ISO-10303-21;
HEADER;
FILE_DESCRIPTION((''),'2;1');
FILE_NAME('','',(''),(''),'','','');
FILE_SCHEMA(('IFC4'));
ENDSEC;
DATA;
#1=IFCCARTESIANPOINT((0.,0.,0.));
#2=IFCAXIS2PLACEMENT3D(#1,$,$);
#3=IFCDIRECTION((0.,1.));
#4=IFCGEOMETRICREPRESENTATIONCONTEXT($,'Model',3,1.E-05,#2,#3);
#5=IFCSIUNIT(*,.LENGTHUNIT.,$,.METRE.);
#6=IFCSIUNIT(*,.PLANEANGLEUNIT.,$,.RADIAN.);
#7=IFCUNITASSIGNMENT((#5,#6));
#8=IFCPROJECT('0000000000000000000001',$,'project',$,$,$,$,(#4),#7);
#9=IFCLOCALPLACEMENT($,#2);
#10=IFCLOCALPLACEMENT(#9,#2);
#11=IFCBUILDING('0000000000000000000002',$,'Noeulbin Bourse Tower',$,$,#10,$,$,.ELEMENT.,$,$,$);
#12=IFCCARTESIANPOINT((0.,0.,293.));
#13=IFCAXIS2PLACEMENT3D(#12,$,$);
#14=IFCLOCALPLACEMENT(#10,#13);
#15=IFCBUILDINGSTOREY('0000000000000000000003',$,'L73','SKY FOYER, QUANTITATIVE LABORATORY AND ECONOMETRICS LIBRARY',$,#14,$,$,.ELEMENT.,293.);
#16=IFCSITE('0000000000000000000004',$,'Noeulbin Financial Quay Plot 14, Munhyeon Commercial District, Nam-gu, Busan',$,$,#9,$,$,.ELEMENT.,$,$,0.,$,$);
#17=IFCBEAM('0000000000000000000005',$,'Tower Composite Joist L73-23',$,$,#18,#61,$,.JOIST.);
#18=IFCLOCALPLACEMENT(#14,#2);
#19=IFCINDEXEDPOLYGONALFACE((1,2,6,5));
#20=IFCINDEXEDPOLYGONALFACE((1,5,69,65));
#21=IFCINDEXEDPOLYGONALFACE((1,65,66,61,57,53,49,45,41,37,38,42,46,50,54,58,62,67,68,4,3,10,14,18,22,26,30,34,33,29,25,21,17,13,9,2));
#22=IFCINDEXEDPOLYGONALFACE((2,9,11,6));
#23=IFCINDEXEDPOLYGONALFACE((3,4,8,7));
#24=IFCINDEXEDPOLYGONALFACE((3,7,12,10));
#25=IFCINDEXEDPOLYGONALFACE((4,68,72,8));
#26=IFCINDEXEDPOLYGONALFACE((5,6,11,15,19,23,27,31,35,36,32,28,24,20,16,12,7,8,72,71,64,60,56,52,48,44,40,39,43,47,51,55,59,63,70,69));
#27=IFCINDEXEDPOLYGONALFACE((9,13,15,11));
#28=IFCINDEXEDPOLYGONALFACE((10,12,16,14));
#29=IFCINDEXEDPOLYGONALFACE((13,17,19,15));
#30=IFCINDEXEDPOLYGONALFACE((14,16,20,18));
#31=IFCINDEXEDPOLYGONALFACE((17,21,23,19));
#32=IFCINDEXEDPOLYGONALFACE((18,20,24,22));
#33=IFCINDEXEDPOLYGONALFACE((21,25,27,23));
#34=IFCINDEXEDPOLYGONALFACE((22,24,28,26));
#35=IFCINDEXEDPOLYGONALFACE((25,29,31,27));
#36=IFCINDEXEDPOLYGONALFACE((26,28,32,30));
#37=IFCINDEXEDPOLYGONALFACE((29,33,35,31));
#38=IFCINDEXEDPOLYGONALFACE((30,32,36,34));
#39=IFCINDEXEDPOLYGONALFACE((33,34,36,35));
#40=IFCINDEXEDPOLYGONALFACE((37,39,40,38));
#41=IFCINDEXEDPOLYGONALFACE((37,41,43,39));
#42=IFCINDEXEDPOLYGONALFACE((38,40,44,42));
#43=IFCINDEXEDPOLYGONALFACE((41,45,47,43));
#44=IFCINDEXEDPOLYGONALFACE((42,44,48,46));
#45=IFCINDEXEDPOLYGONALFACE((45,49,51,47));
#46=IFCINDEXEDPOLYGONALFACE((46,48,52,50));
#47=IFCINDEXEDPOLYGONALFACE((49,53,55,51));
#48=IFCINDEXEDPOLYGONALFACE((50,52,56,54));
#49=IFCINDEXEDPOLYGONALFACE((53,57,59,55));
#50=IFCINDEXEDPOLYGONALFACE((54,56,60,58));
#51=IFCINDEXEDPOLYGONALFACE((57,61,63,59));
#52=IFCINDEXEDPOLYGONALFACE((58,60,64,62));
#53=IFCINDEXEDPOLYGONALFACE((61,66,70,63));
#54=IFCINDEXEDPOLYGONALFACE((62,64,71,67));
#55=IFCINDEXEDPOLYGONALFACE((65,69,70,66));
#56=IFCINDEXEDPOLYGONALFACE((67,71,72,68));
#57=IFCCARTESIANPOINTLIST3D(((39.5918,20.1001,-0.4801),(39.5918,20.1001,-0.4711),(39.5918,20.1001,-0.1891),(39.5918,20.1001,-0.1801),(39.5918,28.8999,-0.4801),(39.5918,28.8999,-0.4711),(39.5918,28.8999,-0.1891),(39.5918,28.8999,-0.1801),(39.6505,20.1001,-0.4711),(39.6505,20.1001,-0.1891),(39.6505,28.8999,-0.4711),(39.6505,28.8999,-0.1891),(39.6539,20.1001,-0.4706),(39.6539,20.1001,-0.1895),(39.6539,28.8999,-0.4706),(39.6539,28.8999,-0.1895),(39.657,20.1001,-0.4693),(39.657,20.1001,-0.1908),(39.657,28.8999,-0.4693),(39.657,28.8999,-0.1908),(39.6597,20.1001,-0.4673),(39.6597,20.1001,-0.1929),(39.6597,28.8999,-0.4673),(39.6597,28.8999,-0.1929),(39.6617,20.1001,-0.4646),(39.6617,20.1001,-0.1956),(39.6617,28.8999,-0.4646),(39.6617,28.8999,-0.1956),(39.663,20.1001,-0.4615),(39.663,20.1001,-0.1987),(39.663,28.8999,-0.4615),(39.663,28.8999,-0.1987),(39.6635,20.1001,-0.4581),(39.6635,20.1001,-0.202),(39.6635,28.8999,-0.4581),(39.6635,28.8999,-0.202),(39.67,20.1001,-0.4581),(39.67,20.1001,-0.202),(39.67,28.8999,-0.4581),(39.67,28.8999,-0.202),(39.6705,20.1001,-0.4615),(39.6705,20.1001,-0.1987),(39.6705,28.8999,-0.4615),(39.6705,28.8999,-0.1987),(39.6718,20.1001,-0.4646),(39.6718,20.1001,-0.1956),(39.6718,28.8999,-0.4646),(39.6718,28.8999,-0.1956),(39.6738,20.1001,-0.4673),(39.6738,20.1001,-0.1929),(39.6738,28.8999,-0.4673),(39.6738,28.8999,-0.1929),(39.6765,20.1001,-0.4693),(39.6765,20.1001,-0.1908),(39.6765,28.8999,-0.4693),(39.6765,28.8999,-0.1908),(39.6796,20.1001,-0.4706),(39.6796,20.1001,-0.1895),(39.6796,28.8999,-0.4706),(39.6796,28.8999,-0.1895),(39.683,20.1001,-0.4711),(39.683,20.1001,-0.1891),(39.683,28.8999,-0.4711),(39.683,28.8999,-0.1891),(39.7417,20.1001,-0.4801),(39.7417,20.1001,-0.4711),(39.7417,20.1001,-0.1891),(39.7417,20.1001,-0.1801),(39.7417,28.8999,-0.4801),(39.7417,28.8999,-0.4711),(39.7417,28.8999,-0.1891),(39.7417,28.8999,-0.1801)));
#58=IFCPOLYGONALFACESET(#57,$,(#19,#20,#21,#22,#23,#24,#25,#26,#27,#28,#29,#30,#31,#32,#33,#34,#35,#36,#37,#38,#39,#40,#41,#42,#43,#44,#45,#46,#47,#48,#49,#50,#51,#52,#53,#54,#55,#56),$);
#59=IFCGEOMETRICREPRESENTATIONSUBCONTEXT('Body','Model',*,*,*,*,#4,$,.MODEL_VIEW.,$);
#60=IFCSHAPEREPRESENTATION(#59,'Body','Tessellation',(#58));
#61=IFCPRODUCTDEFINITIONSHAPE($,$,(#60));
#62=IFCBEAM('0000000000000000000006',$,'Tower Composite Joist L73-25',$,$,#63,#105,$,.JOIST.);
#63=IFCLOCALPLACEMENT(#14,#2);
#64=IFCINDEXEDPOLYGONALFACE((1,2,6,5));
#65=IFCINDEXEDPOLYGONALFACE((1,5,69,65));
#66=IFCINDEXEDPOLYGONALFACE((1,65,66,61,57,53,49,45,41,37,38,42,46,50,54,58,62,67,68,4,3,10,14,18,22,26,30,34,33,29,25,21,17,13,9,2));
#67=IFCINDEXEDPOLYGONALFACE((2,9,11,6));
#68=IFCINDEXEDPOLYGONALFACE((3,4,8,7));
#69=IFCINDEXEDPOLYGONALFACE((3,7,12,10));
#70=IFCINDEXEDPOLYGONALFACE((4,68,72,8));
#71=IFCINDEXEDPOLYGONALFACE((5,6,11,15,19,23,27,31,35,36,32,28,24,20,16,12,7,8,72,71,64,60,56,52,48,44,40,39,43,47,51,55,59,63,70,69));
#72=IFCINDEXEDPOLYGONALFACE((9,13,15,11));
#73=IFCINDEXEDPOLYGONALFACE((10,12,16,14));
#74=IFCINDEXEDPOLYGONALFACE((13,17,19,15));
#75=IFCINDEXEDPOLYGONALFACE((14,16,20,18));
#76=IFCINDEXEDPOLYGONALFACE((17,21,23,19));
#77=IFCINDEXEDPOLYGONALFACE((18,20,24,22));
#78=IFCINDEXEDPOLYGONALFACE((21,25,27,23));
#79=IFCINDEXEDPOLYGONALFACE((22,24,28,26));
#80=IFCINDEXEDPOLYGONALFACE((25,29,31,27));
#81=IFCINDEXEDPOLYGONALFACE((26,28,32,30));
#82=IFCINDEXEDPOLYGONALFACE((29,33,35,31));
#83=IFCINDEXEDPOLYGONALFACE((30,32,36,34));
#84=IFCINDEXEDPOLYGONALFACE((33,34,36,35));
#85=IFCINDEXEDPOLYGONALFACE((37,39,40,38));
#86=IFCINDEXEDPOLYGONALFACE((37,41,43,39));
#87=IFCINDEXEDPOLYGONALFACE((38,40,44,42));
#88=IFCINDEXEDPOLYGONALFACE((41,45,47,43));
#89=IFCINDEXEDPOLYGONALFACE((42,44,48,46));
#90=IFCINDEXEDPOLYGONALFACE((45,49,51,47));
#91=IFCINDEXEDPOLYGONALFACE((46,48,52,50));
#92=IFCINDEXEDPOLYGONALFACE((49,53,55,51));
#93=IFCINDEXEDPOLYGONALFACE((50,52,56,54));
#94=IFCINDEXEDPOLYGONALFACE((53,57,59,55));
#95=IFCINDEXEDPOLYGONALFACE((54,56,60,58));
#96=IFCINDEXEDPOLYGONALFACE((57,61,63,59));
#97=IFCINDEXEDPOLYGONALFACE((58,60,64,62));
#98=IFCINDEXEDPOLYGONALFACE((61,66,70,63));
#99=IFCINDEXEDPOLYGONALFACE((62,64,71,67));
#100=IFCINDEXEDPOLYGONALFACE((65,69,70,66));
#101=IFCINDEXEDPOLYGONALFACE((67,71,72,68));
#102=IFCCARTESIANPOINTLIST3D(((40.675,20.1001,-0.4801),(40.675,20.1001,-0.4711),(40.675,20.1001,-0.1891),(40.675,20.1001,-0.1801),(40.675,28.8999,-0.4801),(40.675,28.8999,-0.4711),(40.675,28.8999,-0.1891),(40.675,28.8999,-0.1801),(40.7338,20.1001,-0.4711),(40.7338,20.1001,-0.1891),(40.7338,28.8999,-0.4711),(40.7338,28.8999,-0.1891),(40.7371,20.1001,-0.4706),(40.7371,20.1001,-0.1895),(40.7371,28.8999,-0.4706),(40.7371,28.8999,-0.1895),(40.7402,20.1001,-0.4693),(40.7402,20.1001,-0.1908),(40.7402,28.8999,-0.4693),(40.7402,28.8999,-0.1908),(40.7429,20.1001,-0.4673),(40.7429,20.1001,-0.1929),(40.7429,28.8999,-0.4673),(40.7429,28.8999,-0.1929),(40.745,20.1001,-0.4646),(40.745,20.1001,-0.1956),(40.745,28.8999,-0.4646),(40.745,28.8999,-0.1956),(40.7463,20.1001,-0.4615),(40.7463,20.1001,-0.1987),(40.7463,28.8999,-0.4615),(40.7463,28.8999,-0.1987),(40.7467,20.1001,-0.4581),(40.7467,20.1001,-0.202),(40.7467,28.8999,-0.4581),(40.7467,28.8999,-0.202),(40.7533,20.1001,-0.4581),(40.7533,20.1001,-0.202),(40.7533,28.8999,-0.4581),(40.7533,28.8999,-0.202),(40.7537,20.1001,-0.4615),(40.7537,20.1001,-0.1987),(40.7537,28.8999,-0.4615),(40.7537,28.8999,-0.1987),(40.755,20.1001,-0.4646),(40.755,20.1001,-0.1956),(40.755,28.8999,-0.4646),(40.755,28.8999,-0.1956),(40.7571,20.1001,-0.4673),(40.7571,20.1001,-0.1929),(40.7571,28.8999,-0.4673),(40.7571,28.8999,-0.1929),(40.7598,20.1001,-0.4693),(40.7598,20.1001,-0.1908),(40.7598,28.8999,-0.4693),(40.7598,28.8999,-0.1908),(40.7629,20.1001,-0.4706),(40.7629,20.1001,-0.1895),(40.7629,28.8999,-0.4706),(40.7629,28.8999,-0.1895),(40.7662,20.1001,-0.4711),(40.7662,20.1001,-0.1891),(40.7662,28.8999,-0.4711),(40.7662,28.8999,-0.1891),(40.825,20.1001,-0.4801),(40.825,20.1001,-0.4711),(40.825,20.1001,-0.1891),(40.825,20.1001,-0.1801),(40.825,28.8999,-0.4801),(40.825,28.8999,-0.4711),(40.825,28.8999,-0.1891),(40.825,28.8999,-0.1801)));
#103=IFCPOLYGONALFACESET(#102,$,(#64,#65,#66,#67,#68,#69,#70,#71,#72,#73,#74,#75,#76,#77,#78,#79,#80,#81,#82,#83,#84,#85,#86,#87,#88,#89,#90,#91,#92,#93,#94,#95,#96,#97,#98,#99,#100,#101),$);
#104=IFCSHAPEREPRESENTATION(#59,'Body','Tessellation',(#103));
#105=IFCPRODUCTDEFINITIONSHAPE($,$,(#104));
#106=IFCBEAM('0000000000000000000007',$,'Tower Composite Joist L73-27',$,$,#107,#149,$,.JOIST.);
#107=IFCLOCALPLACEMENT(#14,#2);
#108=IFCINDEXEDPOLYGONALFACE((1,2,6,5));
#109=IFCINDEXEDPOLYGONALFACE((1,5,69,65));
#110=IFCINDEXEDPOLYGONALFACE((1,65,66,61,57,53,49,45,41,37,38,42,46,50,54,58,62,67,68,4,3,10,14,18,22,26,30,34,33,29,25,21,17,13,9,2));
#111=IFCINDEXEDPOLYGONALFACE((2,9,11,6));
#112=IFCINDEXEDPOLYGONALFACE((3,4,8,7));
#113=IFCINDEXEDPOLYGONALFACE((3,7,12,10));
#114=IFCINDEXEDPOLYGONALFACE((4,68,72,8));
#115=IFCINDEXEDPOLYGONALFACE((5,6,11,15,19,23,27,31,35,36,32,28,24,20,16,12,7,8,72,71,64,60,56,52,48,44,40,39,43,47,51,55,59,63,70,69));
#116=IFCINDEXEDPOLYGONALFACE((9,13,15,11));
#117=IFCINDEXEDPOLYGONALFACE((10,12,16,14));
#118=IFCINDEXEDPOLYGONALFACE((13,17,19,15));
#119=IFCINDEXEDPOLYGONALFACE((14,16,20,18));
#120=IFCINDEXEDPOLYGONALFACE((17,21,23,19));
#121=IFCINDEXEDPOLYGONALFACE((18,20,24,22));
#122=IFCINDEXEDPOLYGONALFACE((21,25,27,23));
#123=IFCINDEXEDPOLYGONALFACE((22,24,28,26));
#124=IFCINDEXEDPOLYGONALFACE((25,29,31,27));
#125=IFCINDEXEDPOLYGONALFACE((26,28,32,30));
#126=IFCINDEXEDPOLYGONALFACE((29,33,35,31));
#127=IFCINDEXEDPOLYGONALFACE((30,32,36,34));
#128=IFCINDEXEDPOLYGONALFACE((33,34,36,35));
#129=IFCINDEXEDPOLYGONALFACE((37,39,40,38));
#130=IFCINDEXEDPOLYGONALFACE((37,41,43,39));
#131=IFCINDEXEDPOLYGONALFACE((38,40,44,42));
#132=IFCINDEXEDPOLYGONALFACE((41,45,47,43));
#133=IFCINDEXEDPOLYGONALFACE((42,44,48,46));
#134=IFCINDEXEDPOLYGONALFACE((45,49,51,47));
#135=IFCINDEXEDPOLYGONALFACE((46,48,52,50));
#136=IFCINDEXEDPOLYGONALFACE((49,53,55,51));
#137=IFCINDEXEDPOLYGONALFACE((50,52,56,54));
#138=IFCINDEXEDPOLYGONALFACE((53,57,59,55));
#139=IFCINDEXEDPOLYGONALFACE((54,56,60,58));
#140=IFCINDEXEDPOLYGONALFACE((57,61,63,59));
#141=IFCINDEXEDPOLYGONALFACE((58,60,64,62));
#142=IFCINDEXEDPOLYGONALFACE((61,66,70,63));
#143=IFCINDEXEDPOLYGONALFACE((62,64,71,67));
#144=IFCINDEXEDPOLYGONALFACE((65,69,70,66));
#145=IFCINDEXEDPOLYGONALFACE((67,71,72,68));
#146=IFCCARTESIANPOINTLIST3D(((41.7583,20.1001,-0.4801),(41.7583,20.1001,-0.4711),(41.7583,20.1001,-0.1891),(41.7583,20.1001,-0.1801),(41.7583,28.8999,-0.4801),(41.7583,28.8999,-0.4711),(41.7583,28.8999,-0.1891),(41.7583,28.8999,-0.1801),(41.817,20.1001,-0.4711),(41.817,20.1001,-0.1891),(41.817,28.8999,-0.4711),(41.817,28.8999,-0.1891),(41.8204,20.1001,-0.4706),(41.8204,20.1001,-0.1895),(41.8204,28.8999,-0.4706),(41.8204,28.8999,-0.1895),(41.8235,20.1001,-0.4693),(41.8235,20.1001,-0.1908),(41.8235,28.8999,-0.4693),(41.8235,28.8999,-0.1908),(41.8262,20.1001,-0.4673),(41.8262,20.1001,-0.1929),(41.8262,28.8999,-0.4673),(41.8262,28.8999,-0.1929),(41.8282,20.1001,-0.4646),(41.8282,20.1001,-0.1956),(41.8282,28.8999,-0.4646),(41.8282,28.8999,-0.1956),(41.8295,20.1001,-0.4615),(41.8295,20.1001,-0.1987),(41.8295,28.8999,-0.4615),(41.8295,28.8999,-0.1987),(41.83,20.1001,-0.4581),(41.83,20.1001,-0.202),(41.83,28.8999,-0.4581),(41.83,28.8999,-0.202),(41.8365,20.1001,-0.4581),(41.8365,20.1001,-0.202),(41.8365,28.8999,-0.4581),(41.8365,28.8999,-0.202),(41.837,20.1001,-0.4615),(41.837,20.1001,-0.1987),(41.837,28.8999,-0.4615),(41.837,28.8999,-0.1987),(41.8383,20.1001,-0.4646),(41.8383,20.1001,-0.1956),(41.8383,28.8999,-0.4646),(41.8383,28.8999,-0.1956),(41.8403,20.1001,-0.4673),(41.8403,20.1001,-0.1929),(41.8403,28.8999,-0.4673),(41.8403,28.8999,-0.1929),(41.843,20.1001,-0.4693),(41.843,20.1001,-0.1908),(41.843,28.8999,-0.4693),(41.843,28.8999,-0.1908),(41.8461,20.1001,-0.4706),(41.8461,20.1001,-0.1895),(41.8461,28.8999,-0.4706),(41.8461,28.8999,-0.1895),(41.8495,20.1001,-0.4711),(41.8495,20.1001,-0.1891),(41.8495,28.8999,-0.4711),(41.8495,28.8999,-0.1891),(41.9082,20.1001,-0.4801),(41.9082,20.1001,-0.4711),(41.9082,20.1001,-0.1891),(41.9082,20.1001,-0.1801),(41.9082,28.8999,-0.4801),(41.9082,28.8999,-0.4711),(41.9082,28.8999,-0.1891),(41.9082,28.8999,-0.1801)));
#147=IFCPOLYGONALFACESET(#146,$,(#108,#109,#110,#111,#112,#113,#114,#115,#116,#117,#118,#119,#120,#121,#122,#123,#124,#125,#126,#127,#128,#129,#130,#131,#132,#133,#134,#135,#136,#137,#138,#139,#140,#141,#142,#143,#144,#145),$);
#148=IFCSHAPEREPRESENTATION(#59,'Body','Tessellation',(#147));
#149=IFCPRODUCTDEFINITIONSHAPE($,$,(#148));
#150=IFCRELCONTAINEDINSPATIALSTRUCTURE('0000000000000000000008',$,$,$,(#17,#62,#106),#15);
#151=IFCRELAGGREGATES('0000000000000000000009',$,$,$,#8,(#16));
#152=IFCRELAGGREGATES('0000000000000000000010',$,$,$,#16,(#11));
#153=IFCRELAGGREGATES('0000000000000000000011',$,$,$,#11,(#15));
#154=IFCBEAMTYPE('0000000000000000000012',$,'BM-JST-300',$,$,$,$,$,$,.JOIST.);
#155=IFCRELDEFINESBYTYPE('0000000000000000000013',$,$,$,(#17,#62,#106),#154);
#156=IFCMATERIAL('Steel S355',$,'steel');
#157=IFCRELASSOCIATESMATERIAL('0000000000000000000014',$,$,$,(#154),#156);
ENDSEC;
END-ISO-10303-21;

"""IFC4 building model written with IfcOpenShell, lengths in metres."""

from ifc_helpers import new_model, si_unit, direction, frame, origin, origin_2d, place, context, subcontext, project, spatial, i_section, extrude, material, material_profile, profile_set, type_object, element, save


model = new_model("IFC4")

# Units and contexts
model_context = context("Model", 3, precision=1e-05, world=origin(), true_north=direction((0.0, 1.0)))
body_context = subcontext(model_context, "Body", "Model", "MODEL_VIEW")
ifc_project = project(units=[si_unit("LENGTHUNIT", "METRE"), si_unit("PLANEANGLEUNIT", "RADIAN")], contexts=[model_context])

# Site, building, storey
site_placement = place(None, origin())
site = spatial("IfcSite", under=ifc_project, at=site_placement, Name="Noeulbin Financial Quay Plot 14, Munhyeon Commercial District, Nam-gu, Busan", CompositionType="ELEMENT", RefElevation=0.0)
building_placement = place(site_placement, origin())
building = spatial("IfcBuilding", under=site, at=building_placement, Name="Noeulbin Bourse Tower", CompositionType="ELEMENT")
storey_placement = place(building_placement, frame((0.0, 0.0, 293.0)))
storey = spatial("IfcBuildingStorey", under=building, at=storey_placement, Name="L73", Description="SKY FOYER, QUANTITATIVE LABORATORY AND ECONOMETRICS LIBRARY", CompositionType="ELEMENT", Elevation=293.0)

# Shared definitions
ifc_material_1 = material(Name="Steel S355", Category="steel")

# Beams
ifc_material_profile_1 = material_profile(ifc_material_1, i_section(OverallWidth=0.1499, OverallDepth=0.3, WebThickness=0.0066, FlangeThickness=0.009, FilletRadius=0.0129, at=origin_2d()), Name="H-300x150x6.5x9", Category="LoadBearing")
ifc_profile_set_1 = profile_set([ifc_material_profile_1], Name="Steel S355")
beam_type_1 = type_object("IfcBeamType", Name="BM-JST-300", PredefinedType="JOIST", material=ifc_profile_set_1)
for number, where, z_axis, x_axis, name in (
    (1, (39.6667, 20.1001, -0.3301), (0.0, 1.0, 0.0), (-1.0, 0.0, 0.0), "Tower Composite Joist L73-23"),
    (2, (40.75, 20.1001, -0.3301), (0.0, 1.0, 0.0), (-1.0, 0.0, 0.0), "Tower Composite Joist L73-25"),
    (3, (41.8333, 20.1001, -0.3301), (0.0, 1.0, 0.0), (-1.0, 0.0, 0.0), "Tower Composite Joist L73-27"),
):
    element("IfcBeam", number, at=place(storey_placement, frame(where, z_axis=z_axis, x_axis=x_axis)), inside=storey, type_object=beam_type_1, Name=name, PredefinedType="JOIST", context=body_context, shape_type="SweptSolid", body=[
        extrude(i_section(OverallWidth=0.1499, OverallDepth=0.3, WebThickness=0.0066, FlangeThickness=0.009, FilletRadius=0.0129, at=origin_2d()), origin(), (0.0, 0.0, 1.0), 8.7998),
    ])

save(model, "model.ifc")
